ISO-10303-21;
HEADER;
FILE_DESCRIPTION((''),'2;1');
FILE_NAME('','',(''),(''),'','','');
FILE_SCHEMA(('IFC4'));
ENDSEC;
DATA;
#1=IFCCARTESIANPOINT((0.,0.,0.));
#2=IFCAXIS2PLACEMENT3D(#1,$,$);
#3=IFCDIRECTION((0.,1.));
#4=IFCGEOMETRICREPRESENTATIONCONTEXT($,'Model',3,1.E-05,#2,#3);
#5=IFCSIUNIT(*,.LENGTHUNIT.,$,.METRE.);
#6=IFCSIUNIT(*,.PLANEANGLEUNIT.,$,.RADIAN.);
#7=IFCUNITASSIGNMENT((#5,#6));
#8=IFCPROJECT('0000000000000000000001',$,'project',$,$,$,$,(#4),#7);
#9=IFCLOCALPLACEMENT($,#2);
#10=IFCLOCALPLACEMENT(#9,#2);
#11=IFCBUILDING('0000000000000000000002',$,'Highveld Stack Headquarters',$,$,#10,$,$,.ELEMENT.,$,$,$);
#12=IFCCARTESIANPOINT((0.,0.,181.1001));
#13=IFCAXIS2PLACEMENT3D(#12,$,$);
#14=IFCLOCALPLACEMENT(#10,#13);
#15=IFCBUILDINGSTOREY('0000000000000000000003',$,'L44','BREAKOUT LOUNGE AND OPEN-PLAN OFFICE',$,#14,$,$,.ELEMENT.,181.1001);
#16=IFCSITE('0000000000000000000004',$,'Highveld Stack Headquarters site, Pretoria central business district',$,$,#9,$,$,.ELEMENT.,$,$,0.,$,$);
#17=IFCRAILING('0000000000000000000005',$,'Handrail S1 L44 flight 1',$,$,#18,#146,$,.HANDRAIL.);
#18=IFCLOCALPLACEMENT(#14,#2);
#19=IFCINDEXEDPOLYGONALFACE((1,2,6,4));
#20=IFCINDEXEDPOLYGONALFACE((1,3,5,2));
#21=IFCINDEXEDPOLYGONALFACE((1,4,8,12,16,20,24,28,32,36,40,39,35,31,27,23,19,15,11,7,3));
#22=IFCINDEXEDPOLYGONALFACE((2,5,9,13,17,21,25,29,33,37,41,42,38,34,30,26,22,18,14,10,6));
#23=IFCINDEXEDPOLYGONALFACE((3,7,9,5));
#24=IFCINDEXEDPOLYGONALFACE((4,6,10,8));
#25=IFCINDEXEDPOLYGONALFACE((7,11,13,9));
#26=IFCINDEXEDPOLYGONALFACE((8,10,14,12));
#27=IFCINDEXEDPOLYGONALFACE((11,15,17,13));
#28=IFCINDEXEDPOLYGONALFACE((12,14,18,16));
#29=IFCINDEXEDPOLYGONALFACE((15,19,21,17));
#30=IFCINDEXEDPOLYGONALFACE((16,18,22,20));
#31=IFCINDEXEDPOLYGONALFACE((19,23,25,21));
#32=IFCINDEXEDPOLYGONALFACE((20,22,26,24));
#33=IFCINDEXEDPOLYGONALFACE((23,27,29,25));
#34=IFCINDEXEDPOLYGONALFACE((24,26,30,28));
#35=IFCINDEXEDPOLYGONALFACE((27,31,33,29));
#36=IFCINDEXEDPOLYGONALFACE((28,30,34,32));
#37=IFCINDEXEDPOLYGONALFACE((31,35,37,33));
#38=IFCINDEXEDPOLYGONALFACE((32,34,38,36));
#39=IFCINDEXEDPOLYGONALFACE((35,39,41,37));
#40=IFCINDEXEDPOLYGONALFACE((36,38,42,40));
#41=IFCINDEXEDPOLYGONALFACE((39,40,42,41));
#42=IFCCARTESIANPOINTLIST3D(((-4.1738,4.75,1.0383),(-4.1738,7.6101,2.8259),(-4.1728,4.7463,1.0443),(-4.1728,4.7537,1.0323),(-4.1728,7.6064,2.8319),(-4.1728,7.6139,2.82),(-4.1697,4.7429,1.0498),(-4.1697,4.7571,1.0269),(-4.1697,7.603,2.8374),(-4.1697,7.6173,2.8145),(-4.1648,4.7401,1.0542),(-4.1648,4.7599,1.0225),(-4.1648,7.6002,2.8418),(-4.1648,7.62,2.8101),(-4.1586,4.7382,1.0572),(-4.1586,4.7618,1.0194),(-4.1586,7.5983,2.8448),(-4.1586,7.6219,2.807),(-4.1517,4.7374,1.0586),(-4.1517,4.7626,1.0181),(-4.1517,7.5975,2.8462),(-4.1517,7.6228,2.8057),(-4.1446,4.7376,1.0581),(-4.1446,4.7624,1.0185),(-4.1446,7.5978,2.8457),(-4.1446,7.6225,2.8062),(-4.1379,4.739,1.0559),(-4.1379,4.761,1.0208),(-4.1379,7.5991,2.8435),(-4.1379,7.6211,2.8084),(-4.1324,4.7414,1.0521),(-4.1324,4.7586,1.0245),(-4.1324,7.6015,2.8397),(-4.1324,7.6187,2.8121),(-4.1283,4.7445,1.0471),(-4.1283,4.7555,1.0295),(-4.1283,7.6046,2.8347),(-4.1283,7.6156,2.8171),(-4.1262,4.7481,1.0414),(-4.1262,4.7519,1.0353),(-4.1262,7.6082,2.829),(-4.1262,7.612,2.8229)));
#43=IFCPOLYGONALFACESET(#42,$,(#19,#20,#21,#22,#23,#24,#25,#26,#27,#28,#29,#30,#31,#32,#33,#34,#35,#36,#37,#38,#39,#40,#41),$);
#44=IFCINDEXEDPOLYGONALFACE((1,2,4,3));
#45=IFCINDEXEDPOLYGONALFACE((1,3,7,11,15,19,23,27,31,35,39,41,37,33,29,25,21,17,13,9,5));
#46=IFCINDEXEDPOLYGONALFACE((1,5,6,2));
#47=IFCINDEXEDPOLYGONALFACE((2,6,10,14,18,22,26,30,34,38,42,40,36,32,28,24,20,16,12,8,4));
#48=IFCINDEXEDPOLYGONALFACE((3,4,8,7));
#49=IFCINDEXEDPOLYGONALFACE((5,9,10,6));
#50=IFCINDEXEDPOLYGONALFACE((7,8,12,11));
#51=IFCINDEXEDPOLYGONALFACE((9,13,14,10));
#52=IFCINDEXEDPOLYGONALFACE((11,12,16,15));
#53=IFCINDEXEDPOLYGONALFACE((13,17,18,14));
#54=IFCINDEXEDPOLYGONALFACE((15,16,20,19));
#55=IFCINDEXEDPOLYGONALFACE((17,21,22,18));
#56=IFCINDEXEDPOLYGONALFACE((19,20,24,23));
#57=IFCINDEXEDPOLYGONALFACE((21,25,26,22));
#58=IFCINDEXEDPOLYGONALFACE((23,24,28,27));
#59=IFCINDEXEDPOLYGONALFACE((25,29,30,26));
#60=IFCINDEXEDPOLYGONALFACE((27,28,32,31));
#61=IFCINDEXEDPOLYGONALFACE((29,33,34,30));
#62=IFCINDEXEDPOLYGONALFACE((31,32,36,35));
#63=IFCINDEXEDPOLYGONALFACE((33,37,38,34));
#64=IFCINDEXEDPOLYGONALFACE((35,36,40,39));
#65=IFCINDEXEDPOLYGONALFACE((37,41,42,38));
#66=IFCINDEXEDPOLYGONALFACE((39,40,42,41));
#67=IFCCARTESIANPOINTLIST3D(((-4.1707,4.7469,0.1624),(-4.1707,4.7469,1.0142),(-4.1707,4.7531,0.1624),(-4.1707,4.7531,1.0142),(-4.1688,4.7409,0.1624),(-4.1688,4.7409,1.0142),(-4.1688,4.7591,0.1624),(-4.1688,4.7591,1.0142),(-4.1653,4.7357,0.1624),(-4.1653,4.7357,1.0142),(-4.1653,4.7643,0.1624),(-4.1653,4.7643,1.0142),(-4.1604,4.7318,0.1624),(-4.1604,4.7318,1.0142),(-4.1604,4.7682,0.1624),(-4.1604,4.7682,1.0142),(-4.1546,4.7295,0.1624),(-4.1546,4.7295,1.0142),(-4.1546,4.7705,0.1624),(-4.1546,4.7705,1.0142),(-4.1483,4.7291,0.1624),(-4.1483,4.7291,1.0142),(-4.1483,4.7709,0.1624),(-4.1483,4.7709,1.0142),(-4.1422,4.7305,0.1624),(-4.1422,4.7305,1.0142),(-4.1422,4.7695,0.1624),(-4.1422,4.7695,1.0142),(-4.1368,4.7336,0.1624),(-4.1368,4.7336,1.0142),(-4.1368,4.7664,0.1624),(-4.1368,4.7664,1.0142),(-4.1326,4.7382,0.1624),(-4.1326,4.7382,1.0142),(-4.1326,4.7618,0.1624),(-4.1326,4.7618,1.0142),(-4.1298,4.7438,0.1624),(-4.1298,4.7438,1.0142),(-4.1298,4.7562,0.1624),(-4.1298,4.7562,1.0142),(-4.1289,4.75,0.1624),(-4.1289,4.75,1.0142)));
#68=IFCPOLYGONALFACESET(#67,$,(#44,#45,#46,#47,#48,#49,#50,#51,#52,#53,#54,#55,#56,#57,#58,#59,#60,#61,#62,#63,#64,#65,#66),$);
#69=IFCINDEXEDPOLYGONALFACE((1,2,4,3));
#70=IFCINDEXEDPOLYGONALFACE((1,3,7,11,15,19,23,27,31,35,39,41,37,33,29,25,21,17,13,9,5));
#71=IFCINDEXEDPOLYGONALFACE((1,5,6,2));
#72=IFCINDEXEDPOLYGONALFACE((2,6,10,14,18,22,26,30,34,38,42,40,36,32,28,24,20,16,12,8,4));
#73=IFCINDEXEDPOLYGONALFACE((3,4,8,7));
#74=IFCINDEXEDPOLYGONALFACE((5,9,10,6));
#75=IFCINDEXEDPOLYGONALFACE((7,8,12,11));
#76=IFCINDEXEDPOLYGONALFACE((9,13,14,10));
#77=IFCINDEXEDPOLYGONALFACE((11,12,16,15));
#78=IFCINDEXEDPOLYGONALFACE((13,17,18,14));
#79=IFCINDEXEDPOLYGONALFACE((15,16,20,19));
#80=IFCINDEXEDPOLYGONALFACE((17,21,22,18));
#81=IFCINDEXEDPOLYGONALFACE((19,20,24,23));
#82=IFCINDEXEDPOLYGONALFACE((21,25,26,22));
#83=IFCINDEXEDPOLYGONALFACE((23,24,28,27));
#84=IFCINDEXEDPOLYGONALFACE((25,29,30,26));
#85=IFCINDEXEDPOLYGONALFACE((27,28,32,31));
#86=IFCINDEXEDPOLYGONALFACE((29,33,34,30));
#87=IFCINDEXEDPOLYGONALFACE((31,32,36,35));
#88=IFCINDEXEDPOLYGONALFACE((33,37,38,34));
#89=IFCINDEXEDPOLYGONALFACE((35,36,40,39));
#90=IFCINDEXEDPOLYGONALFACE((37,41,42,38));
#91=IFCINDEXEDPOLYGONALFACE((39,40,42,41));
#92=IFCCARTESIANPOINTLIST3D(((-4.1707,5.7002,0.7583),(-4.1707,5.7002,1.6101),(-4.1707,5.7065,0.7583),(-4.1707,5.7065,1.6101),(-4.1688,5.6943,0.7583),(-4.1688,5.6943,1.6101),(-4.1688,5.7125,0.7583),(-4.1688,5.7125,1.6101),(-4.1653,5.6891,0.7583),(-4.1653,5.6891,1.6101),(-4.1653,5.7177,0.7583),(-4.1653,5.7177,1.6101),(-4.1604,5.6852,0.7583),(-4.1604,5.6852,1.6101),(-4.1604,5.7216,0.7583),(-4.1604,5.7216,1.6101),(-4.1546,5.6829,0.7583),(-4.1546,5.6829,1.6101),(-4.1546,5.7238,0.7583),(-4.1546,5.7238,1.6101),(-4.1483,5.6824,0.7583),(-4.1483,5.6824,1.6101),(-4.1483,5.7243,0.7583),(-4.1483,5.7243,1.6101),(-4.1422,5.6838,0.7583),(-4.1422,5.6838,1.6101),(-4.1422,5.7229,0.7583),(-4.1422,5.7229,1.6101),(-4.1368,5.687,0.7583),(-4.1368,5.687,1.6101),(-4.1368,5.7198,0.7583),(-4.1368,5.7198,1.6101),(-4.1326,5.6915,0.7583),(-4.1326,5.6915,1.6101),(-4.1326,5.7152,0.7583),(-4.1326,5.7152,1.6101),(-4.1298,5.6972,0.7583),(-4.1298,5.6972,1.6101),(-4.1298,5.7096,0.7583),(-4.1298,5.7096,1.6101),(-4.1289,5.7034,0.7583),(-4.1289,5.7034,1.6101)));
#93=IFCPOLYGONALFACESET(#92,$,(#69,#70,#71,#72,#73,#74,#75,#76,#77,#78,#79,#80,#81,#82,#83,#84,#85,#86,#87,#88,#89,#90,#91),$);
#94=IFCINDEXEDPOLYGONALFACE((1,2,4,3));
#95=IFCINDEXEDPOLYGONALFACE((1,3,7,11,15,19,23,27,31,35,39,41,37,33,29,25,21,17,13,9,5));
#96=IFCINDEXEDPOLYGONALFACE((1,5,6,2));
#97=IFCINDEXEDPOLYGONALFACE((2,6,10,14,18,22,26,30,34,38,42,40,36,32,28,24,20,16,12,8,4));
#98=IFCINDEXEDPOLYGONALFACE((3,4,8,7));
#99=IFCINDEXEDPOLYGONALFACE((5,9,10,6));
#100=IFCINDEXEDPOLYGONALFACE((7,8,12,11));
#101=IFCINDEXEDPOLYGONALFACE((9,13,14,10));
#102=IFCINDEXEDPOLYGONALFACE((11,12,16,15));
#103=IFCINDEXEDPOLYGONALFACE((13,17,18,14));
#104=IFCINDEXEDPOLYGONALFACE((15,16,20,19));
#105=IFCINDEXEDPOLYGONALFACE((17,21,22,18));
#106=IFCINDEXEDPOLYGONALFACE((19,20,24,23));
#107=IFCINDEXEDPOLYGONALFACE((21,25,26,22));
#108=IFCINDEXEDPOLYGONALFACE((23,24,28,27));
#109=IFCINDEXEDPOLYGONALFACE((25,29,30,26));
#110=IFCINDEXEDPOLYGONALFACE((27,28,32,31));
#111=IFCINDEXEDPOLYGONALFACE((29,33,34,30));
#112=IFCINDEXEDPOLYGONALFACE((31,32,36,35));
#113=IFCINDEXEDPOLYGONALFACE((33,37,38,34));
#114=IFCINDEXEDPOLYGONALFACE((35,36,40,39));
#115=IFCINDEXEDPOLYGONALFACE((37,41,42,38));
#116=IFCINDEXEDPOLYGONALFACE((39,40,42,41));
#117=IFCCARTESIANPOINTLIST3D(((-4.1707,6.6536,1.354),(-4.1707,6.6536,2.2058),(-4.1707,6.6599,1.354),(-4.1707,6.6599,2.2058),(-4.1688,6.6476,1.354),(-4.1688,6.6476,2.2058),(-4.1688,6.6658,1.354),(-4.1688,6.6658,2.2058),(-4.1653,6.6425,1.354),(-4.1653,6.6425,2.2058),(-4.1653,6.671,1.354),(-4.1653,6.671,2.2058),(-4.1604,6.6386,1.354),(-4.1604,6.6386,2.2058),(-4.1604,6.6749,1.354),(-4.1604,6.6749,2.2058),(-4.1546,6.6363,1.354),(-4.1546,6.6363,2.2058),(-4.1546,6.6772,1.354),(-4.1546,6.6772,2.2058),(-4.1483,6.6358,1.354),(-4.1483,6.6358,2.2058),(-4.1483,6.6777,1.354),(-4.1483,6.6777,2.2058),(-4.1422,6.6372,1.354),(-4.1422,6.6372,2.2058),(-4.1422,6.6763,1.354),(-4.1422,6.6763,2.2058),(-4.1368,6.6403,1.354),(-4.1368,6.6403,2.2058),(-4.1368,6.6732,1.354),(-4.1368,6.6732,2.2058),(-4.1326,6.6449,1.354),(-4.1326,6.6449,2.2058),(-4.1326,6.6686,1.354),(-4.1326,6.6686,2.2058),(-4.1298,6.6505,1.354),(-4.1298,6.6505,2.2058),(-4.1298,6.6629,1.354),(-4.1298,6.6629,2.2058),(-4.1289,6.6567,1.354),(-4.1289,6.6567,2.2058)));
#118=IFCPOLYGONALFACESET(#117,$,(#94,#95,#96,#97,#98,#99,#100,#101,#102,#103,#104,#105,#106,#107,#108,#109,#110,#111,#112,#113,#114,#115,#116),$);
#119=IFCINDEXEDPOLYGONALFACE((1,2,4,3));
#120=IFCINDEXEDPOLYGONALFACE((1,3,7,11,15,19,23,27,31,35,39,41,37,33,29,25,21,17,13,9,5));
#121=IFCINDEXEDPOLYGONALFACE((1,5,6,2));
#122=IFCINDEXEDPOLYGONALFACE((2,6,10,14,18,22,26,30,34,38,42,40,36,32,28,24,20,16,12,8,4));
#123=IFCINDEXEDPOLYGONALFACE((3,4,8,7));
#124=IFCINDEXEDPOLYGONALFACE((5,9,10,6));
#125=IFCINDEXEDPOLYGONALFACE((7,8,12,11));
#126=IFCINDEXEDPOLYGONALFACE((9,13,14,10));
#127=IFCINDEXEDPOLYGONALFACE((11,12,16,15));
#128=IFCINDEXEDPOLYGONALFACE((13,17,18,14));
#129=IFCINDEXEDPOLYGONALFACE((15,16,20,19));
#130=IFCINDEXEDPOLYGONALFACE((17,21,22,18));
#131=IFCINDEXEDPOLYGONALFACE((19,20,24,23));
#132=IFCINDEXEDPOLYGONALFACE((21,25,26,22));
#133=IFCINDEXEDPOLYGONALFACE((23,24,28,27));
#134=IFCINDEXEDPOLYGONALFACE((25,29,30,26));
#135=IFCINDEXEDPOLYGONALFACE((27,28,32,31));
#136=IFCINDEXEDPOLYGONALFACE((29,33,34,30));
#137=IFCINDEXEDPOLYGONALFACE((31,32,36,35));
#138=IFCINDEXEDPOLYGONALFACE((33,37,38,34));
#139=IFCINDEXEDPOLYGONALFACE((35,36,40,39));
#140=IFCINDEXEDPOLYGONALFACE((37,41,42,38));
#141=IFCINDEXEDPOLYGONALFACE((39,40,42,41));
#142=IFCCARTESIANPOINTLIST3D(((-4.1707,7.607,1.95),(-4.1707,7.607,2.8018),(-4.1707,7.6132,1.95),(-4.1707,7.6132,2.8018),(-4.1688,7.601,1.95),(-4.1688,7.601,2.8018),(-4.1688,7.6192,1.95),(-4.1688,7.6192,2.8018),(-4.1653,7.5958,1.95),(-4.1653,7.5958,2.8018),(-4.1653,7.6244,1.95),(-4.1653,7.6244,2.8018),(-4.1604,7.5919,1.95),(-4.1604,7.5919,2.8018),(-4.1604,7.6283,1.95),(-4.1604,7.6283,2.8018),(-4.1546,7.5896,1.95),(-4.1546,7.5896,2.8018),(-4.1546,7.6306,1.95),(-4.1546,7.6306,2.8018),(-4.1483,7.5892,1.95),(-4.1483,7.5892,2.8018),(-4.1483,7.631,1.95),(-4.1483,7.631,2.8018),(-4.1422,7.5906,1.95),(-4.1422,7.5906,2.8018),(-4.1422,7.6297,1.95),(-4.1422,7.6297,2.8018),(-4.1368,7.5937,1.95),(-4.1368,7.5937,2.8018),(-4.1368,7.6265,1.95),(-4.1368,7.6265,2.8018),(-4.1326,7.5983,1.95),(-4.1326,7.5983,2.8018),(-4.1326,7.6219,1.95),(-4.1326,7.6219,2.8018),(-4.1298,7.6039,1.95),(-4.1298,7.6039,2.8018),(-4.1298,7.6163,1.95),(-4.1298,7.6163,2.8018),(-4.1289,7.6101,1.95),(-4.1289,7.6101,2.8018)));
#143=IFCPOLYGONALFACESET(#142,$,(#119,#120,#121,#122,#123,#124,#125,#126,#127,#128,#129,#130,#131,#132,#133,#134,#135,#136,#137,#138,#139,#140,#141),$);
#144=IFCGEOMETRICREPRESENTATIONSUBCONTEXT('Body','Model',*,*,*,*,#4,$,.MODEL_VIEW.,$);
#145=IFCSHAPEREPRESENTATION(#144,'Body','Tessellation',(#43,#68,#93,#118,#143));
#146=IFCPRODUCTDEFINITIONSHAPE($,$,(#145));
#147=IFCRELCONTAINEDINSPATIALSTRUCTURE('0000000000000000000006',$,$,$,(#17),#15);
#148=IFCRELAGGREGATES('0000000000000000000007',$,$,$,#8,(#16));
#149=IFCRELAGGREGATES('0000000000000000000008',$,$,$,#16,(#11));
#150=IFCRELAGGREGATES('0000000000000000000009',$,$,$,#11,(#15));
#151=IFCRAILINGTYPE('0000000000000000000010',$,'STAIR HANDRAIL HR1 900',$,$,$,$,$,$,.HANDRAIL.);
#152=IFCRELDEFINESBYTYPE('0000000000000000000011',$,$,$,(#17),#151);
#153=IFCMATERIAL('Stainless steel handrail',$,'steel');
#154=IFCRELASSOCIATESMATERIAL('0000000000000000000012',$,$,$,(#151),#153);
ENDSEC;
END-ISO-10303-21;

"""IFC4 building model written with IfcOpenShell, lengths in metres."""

from ifc_helpers import new_model, si_unit, direction, frame, origin, origin_2d, place, context, subcontext, project, spatial, circle, extrude, material, type_object, element, save


model = new_model("IFC4")

# Units and contexts
model_context = context("Model", 3, precision=1e-05, world=origin(), true_north=direction((0.0, 1.0)))
body_context = subcontext(model_context, "Body", "Model", "MODEL_VIEW")
ifc_project = project(units=[si_unit("LENGTHUNIT", "METRE"), si_unit("PLANEANGLEUNIT", "RADIAN")], contexts=[model_context])

# Site, building, storey
site_placement = place(None, origin())
site = spatial("IfcSite", under=ifc_project, at=site_placement, Name="Highveld Stack Headquarters site, Pretoria central business district", CompositionType="ELEMENT", RefElevation=0.0)
building_placement = place(site_placement, origin())
building = spatial("IfcBuilding", under=site, at=building_placement, Name="Highveld Stack Headquarters", CompositionType="ELEMENT")
storey_placement = place(building_placement, frame((0.0, 0.0, 181.1001)))
storey = spatial("IfcBuildingStorey", under=building, at=storey_placement, Name="L44", Description="BREAKOUT LOUNGE AND OPEN-PLAN OFFICE", CompositionType="ELEMENT", Elevation=181.1001)

# Railing
ifc_material_1 = material(Name="Stainless steel handrail", Category="steel")
railing_type = type_object("IfcRailingType", Name="STAIR HANDRAIL HR1 900", PredefinedType="HANDRAIL", material=ifc_material_1)
for number, where, name in (
    (1, (-4.1499, 4.75, 0.1624), "Handrail S1 L44 flight 1"),
):
    element("IfcRailing", number, at=place(storey_placement, frame(where)), inside=storey, type_object=railing_type, Name=name, PredefinedType="HANDRAIL", context=body_context, shape_type="SweptSolid", body=[
        extrude(circle(Radius=0.0239, at=origin_2d()), frame((0.0, 0.0, 0.876), z_axis=(0.0, 0.847994, 0.530005), x_axis=(-1.0, 0.0, 0.0)), (0.0, 0.0, 1.0), 3.3728),
        extrude(circle(Radius=0.021, at=origin_2d()), origin(), (0.0, 0.0, 1.0), 0.8518),
        extrude(circle(Radius=0.021, at=origin_2d()), frame((0.0, 0.9534, 0.5959)), (0.0, 0.0, 1.0), 0.8518),
        extrude(circle(Radius=0.021, at=origin_2d()), frame((0.0, 1.9067, 1.1917)), (0.0, 0.0, 1.0), 0.8518),
        extrude(circle(Radius=0.021, at=origin_2d()), frame((0.0, 2.8601, 1.7876)), (0.0, 0.0, 1.0), 0.8518),
    ])

save(model, "model.ifc")
